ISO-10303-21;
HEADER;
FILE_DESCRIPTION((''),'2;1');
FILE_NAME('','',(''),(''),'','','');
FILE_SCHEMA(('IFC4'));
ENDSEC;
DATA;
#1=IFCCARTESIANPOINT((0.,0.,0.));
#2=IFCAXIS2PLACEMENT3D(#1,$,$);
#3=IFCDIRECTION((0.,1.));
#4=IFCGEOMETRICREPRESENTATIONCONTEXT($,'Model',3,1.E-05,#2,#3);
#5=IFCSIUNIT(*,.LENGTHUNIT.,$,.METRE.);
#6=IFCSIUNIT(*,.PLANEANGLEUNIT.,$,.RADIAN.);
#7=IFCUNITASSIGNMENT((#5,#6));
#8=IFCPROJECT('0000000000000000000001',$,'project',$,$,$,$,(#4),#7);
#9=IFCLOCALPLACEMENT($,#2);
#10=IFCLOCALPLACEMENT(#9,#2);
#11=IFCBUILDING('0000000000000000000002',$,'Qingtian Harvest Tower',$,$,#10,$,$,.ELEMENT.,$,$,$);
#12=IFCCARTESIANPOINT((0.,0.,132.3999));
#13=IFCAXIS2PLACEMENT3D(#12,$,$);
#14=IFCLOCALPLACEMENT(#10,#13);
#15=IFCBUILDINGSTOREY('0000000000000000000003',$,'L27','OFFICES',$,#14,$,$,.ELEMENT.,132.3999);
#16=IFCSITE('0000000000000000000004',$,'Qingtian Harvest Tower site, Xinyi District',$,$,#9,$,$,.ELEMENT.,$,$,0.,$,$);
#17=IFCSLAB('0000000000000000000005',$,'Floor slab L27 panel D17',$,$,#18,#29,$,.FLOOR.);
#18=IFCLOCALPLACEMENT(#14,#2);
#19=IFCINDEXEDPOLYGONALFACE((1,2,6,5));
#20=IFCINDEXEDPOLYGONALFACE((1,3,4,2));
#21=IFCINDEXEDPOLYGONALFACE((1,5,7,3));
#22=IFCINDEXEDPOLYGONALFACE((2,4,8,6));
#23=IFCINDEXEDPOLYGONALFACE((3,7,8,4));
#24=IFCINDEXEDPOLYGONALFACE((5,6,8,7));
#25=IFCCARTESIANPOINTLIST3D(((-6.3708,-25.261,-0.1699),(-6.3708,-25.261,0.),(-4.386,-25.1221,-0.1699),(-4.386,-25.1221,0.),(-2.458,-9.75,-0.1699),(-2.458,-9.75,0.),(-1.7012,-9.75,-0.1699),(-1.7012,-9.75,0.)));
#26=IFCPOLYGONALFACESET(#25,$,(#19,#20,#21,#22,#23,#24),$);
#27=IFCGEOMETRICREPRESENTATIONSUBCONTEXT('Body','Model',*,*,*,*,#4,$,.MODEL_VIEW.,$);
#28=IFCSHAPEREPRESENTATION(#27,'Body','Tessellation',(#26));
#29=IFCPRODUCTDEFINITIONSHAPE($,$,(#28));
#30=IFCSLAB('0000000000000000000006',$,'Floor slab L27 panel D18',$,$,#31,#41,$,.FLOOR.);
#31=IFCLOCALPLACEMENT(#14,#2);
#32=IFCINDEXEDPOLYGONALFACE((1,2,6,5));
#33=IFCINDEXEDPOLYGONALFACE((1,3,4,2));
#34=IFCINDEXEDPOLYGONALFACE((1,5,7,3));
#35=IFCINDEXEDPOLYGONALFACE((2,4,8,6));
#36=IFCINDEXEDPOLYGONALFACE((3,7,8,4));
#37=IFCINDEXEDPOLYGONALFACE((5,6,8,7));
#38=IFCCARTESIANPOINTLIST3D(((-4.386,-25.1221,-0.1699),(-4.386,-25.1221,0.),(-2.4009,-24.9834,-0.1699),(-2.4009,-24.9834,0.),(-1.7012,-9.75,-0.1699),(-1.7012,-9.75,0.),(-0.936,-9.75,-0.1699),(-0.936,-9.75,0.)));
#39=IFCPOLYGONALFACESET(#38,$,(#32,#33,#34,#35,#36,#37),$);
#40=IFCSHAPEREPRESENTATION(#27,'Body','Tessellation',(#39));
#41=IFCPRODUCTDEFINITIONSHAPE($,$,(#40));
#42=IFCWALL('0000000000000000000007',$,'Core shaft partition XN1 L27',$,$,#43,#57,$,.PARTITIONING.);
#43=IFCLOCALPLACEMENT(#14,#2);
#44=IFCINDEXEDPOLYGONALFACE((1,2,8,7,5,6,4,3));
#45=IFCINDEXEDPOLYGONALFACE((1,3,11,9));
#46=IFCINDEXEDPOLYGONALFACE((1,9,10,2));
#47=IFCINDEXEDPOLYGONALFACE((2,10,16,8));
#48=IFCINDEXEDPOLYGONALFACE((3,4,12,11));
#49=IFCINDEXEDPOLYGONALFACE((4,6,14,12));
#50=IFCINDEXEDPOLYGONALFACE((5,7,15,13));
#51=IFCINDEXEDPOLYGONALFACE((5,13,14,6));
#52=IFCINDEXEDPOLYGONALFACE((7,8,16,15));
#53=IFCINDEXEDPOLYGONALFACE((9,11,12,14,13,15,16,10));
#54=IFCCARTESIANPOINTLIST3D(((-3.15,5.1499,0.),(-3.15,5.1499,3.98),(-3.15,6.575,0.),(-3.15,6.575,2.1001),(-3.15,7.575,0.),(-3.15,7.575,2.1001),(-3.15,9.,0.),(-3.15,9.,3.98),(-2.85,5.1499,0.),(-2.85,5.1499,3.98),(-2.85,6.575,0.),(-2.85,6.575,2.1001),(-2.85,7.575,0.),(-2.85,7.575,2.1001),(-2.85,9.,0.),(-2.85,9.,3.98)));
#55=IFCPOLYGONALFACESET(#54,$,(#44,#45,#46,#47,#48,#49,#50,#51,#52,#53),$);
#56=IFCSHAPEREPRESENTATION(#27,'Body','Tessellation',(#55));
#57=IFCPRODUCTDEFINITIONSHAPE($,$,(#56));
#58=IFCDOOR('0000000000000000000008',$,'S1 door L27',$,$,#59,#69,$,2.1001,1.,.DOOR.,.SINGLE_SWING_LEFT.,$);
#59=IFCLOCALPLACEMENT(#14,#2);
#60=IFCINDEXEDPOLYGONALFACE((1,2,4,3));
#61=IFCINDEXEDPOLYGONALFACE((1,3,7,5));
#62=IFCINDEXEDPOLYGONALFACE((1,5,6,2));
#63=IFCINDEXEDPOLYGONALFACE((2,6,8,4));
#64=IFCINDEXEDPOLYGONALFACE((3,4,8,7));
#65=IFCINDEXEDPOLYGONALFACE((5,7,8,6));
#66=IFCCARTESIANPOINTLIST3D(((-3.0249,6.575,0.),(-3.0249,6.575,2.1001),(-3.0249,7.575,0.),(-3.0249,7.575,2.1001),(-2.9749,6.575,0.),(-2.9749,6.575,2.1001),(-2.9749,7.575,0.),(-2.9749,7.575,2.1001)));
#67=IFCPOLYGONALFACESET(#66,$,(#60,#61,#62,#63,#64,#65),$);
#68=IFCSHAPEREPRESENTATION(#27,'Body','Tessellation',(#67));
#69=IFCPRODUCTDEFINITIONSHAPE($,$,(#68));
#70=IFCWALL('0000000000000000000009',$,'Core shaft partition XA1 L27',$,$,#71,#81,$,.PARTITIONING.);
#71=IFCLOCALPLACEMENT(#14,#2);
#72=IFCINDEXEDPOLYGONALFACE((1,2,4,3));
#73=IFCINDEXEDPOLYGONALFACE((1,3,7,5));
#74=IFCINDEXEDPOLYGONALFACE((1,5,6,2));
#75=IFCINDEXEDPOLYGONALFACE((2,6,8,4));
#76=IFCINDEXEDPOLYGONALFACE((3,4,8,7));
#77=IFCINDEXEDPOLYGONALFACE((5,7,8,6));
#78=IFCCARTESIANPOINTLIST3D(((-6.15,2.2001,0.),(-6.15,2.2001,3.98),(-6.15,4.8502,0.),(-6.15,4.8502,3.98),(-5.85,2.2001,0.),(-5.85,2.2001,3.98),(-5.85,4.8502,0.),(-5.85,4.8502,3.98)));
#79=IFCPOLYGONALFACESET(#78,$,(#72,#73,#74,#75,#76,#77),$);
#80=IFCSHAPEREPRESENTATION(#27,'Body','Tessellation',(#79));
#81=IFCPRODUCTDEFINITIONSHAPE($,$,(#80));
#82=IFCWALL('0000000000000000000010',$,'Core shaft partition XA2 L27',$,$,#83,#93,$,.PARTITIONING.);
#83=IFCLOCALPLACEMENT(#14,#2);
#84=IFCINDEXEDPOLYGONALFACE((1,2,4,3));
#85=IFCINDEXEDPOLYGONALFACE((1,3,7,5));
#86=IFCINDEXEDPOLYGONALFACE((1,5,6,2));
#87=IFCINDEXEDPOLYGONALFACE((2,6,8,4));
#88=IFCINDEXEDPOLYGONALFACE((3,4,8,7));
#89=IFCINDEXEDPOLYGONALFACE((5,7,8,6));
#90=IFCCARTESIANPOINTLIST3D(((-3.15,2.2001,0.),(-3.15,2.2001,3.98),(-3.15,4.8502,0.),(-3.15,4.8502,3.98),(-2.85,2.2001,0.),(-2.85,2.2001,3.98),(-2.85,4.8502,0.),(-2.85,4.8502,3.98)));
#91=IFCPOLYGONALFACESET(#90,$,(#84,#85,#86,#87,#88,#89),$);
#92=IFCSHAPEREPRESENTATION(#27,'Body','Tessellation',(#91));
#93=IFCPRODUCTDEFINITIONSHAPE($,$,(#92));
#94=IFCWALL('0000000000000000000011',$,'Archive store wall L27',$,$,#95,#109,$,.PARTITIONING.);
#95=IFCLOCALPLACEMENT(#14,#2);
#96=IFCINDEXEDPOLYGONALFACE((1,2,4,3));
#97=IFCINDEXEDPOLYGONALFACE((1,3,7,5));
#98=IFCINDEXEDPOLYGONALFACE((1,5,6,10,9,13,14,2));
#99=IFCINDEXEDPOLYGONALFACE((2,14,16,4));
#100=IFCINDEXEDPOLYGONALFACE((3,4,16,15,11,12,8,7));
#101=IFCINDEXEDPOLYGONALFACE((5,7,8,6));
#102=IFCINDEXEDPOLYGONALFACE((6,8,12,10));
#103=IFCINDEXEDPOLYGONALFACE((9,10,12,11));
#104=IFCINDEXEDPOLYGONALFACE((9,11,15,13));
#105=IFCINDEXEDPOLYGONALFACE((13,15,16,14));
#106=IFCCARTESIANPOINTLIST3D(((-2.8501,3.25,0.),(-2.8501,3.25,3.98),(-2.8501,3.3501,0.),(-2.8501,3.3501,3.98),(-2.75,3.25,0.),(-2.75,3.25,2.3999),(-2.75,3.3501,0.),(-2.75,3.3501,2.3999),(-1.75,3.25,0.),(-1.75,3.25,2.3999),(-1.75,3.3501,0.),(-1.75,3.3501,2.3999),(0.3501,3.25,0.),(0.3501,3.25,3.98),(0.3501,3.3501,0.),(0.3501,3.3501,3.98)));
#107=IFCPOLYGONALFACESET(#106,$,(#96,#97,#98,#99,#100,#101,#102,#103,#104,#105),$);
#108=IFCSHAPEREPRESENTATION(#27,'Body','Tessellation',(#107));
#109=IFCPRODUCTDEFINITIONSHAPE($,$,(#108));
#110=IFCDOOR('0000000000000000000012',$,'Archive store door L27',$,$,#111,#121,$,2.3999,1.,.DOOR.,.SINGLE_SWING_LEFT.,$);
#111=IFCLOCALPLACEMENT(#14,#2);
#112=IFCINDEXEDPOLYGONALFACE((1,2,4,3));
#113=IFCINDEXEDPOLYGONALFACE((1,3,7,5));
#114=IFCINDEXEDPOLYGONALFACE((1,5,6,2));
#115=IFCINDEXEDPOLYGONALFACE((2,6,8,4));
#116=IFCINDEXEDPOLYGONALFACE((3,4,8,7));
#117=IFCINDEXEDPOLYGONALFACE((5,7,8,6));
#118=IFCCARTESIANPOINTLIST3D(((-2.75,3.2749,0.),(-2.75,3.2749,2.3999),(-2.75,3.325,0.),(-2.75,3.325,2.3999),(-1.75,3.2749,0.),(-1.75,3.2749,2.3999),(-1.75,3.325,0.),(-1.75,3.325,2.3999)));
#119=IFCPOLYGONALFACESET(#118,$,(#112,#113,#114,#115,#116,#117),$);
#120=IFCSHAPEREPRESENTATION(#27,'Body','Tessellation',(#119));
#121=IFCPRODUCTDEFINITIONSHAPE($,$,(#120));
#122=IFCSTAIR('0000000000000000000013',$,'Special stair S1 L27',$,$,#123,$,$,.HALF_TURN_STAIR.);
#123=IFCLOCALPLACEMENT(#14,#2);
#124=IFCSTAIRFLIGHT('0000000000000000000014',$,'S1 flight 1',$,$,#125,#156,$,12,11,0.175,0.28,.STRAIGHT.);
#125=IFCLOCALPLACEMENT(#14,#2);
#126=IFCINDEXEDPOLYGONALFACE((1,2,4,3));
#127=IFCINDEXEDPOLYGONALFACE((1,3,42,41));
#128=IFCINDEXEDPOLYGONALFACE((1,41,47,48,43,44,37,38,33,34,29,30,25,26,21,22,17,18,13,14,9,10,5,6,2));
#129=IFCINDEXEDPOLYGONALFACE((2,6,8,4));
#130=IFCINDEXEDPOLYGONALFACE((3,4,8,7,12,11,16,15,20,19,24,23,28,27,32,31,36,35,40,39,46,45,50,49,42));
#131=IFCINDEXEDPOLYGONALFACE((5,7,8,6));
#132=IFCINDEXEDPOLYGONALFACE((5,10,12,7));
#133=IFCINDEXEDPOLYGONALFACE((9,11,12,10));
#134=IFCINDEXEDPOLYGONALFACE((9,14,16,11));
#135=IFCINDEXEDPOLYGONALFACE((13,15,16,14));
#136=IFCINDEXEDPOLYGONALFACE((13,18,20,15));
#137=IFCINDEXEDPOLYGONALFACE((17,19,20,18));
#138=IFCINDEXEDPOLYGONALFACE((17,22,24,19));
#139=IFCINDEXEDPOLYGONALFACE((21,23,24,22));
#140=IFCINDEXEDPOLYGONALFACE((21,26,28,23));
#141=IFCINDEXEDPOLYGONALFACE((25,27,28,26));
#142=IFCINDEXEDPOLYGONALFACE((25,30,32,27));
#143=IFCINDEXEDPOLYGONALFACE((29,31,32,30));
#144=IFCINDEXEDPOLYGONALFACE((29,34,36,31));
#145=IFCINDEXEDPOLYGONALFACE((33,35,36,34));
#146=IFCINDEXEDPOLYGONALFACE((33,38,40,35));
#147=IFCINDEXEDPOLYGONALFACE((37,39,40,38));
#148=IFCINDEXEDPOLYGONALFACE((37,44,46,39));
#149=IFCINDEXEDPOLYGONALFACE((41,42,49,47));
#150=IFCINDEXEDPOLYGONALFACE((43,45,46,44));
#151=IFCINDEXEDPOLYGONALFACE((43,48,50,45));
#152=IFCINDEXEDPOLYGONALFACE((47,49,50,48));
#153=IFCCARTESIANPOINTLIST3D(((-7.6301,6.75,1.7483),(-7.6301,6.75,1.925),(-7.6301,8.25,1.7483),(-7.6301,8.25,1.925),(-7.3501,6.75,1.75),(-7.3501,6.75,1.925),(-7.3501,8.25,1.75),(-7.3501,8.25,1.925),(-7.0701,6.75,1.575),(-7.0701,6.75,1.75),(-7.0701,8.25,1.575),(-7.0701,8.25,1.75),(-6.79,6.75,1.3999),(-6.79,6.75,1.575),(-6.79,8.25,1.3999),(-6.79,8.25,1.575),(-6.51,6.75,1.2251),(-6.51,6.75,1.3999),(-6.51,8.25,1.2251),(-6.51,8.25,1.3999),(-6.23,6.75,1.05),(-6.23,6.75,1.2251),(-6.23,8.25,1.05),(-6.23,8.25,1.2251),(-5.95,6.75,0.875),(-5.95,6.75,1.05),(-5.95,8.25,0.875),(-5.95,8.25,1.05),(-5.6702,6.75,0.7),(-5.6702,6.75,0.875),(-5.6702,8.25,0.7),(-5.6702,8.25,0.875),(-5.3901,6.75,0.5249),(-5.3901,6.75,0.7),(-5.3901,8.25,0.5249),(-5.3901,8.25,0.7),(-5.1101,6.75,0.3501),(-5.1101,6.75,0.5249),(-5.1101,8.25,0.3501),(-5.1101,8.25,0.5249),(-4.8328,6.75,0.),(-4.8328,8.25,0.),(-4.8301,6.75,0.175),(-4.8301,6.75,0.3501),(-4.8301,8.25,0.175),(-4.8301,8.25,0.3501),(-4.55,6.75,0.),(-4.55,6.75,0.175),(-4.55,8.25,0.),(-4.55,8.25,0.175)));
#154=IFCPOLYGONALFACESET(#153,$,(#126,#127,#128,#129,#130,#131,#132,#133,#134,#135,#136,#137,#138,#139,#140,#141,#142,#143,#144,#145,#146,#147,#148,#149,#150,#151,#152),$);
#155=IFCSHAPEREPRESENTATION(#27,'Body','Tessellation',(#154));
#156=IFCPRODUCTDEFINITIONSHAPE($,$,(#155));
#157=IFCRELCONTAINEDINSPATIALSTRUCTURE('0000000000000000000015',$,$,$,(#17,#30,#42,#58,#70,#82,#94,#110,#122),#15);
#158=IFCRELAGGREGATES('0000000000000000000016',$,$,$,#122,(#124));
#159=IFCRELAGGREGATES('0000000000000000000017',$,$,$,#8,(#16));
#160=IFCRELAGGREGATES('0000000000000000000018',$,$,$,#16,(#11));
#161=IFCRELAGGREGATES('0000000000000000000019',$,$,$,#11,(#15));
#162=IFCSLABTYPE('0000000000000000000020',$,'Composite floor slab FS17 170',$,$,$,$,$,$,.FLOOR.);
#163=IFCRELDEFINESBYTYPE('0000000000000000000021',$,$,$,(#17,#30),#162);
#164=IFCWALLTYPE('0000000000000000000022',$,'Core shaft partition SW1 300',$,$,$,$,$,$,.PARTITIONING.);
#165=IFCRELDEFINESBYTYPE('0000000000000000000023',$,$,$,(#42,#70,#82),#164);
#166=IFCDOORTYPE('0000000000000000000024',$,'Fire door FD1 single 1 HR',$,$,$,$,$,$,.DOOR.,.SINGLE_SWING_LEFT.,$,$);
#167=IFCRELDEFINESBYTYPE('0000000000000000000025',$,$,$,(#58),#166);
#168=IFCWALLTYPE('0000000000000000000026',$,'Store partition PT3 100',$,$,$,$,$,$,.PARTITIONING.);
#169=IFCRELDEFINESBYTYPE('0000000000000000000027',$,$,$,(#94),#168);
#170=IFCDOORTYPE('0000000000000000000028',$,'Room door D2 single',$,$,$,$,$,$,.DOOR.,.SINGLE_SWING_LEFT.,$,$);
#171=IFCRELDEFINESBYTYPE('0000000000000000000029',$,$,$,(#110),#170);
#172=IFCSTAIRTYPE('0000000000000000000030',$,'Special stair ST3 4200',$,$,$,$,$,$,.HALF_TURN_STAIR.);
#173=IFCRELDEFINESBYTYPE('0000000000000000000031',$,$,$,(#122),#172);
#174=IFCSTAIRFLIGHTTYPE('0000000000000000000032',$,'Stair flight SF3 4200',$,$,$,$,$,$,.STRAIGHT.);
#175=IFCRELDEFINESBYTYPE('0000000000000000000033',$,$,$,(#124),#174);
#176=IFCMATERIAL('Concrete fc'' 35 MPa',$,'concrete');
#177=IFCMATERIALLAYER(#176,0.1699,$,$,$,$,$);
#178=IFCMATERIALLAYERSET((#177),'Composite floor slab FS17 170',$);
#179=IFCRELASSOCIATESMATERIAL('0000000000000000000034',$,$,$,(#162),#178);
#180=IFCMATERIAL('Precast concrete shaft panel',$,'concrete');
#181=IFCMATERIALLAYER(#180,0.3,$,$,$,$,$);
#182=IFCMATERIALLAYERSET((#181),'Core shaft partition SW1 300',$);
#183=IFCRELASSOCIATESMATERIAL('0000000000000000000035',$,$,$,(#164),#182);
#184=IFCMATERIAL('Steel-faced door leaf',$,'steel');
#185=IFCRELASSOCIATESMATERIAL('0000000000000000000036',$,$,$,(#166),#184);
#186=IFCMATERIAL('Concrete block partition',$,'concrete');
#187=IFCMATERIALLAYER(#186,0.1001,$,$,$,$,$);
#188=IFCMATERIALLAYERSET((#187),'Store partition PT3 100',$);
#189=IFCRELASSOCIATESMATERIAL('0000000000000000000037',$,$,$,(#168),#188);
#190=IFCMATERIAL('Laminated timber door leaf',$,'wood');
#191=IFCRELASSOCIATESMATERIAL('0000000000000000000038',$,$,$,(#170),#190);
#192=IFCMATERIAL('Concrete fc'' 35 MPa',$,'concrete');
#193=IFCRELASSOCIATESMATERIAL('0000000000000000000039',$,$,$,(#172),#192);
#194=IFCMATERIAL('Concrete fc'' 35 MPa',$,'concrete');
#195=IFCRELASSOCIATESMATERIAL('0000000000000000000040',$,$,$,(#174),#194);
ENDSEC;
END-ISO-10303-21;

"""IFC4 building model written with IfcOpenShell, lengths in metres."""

from ifc_helpers import new_model, si_unit, direction, frame, frame_2d, origin, place, context, subcontext, project, spatial, polyline, rectangle, outline, extrude, material, layer, layer_set, type_object, element, fill, aggregate, save


model = new_model("IFC4")

# Units and contexts
model_context = context("Model", 3, precision=1e-05, world=origin(), true_north=direction((0.0, 1.0)))
body_context = subcontext(model_context, "Body", "Model", "MODEL_VIEW")
ifc_project = project(units=[si_unit("LENGTHUNIT", "METRE"), si_unit("PLANEANGLEUNIT", "RADIAN")], contexts=[model_context])

# Site, building, storey
site_placement = place(None, origin())
site = spatial("IfcSite", under=ifc_project, at=site_placement, Name="Qingtian Harvest Tower site, Xinyi District", CompositionType="ELEMENT", RefElevation=0.0)
building_placement = place(site_placement, origin())
building = spatial("IfcBuilding", under=site, at=building_placement, Name="Qingtian Harvest Tower", CompositionType="ELEMENT")
storey_placement = place(building_placement, frame((0.0, 0.0, 132.3999)))
storey = spatial("IfcBuildingStorey", under=building, at=storey_placement, Name="L27", Description="OFFICES", CompositionType="ELEMENT", Elevation=132.3999)

# Slabs
ifc_material_1 = material(Name="Concrete fc' 35 MPa", Category="concrete")
ifc_layer_1 = layer(ifc_material_1, 0.1699)
ifc_layer_set_1 = layer_set([ifc_layer_1], Name="Composite floor slab FS17 170")
slab_type = type_object("IfcSlabType", Name="Composite floor slab FS17 170", PredefinedType="FLOOR", material=ifc_layer_set_1)
slab_1_placement = place(storey_placement, frame((0.0, 0.0, -0.1699)))
element("IfcSlab", 1, at=slab_1_placement, inside=storey, type_object=slab_type, Name="Floor slab L27 panel D17", PredefinedType="FLOOR", context=body_context, shape_type="SweptSolid", body=[
    extrude(outline(polyline([(-1.7012, -9.75), (-4.386, -25.1221), (-6.3708, -25.261), (-2.458, -9.75), (-1.7012, -9.75)])), origin(), (0.0, 0.0, 1.0), 0.1699),
])
slab_2_placement = place(storey_placement, frame((0.0, 0.0, -0.1699)))
element("IfcSlab", 2, at=slab_2_placement, inside=storey, type_object=slab_type, Name="Floor slab L27 panel D18", PredefinedType="FLOOR", context=body_context, shape_type="SweptSolid", body=[
    extrude(outline(polyline([(-0.936, -9.75), (-2.4009, -24.9834), (-4.386, -25.1221), (-1.7012, -9.75), (-0.936, -9.75)])), origin(), (0.0, 0.0, 1.0), 0.1699),
])

# Wall, opening, door
ifc_material_2 = material(Name="Precast concrete shaft panel", Category="concrete")
ifc_layer_2 = layer(ifc_material_2, 0.3)
ifc_layer_set_2 = layer_set([ifc_layer_2], Name="Core shaft partition SW1 300")
wall_type_1 = type_object("IfcWallType", Name="Core shaft partition SW1 300", PredefinedType="PARTITIONING", material=ifc_layer_set_2)
wall_1_placement = place(storey_placement, frame((-3.0, 5.1499, 0.0), z_axis=(0.0, 0.0, 1.0), x_axis=(0.0, 1.0, 0.0)))
wall_1 = element("IfcWall", 3, at=wall_1_placement, inside=storey, type_object=wall_type_1, Name="Core shaft partition XN1 L27", PredefinedType="PARTITIONING", context=body_context, shape_type="SweptSolid", body=[
    extrude(rectangle(XDim=3.8501, YDim=0.3, at=frame_2d((1.925, 0.0))), origin(), (0.0, 0.0, 1.0), 3.98),
])
opening_1_placement = place(wall_1_placement, frame((1.425, 0.0, 0.0)))
opening_1 = element("IfcOpeningElement", 4, at=opening_1_placement, cuts=wall_1, PredefinedType="OPENING", context=body_context, shape_type="SweptSolid", body=[
    extrude(rectangle(XDim=1.0, YDim=2.1001, at=frame_2d((0.5, 1.05))), frame((0.0, 0.1599, 0.0), z_axis=(0.0, -1.0, 0.0), x_axis=(1.0, 0.0, 0.0)), (0.0, 0.0, 1.0), 0.3201),
])
ifc_material_3 = material(Name="Steel-faced door leaf", Category="steel")
door_type_1 = type_object("IfcDoorType", Name="Fire door FD1 single 1 HR", OperationType="SINGLE_SWING_LEFT", PredefinedType="DOOR", material=ifc_material_3)
door_1_placement = place(opening_1_placement, origin())
door_1 = element("IfcDoor", 5, at=door_1_placement, inside=storey, type_object=door_type_1, Name="S1 door L27", OperationType="SINGLE_SWING_LEFT", OverallHeight=2.1001, OverallWidth=1.0, PredefinedType="DOOR", context=body_context, shape_type="SweptSolid", body=[
    extrude(rectangle(XDim=1.0, YDim=2.1001, at=frame_2d((0.5, 1.05))), frame((0.0, 0.0249, 0.0), z_axis=(0.0, -1.0, 0.0), x_axis=(1.0, 0.0, 0.0)), (0.0, 0.0, 1.0), 0.05),
])
fill(opening_1, door_1)

# Walls
for number, where, z_axis, x_axis, name in (
    (6, (-6.0, 2.2, 0.0), (0.0, 0.0, 1.0), (0.0, 1.0, 0.0), "Core shaft partition XA1 L27"),
    (7, (-3.0, 2.2, 0.0), (0.0, 0.0, 1.0), (0.0, 1.0, 0.0), "Core shaft partition XA2 L27"),
):
    element("IfcWall", number, at=place(storey_placement, frame(where, z_axis=z_axis, x_axis=x_axis)), inside=storey, type_object=wall_type_1, Name=name, PredefinedType="PARTITIONING", context=body_context, shape_type="SweptSolid", body=[
        extrude(rectangle(XDim=2.6501, YDim=0.3, at=frame_2d((1.3252, 0.0))), origin(), (0.0, 0.0, 1.0), 3.98),
    ])

# Wall, opening, door
ifc_material_4 = material(Name="Concrete block partition", Category="concrete")
ifc_layer_3 = layer(ifc_material_4, 0.1001)
ifc_layer_set_3 = layer_set([ifc_layer_3], Name="Store partition PT3 100")
wall_type_2 = type_object("IfcWallType", Name="Store partition PT3 100", PredefinedType="PARTITIONING", material=ifc_layer_set_3)
wall_2_placement = place(storey_placement, frame((-2.8501, 3.3, 0.0), z_axis=(0.0, 0.0, 1.0), x_axis=(1.0, 0.0, 0.0)))
wall_2 = element("IfcWall", 8, at=wall_2_placement, inside=storey, type_object=wall_type_2, Name="Archive store wall L27", PredefinedType="PARTITIONING", context=body_context, shape_type="SweptSolid", body=[
    extrude(rectangle(XDim=3.2002, YDim=0.1001, at=frame_2d((1.6001, 0.0))), origin(), (0.0, 0.0, 1.0), 3.98),
])
opening_2_placement = place(wall_2_placement, frame((0.1001, 0.0, 0.0)))
opening_2 = element("IfcOpeningElement", 9, at=opening_2_placement, cuts=wall_2, PredefinedType="OPENING", context=body_context, shape_type="SweptSolid", body=[
    extrude(rectangle(XDim=1.0, YDim=2.3999, at=frame_2d((0.5, 1.2))), frame((0.0, 0.0601, 0.0), z_axis=(0.0, -1.0, 0.0), x_axis=(1.0, 0.0, 0.0)), (0.0, 0.0, 1.0), 0.1201),
])
ifc_material_5 = material(Name="Laminated timber door leaf", Category="wood")
door_type_2 = type_object("IfcDoorType", Name="Room door D2 single", OperationType="SINGLE_SWING_LEFT", PredefinedType="DOOR", material=ifc_material_5)
door_2_placement = place(opening_2_placement, origin())
door_2 = element("IfcDoor", 10, at=door_2_placement, inside=storey, type_object=door_type_2, Name="Archive store door L27", OperationType="SINGLE_SWING_LEFT", OverallHeight=2.3999, OverallWidth=1.0, PredefinedType="DOOR", context=body_context, shape_type="SweptSolid", body=[
    extrude(rectangle(XDim=1.0, YDim=2.3999, at=frame_2d((0.5, 1.2))), frame((0.0, 0.0249, 0.0), z_axis=(0.0, -1.0, 0.0), x_axis=(1.0, 0.0, 0.0)), (0.0, 0.0, 1.0), 0.05),
])
fill(opening_2, door_2)

# Stair, stair flight
ifc_material_6 = material(Name="Concrete fc' 35 MPa", Category="concrete")
stair_type = type_object("IfcStairType", Name="Special stair ST3 4200", PredefinedType="HALF_TURN_STAIR", material=ifc_material_6)
stair_placement = place(storey_placement, origin())
stair = element("IfcStair", 11, at=stair_placement, inside=storey, type_object=stair_type, Name="Special stair S1 L27", PredefinedType="HALF_TURN_STAIR")
ifc_material_7 = material(Name="Concrete fc' 35 MPa", Category="concrete")
stair_flight_type = type_object("IfcStairFlightType", Name="Stair flight SF3 4200", PredefinedType="STRAIGHT", material=ifc_material_7)
stair_flight_placement = place(storey_placement, frame((-4.55, 7.5, 0.0), z_axis=(0.0, 0.0, 1.0), x_axis=(-1.0, 0.0, 0.0)))
stair_flight = element("IfcStairFlight", 12, at=stair_flight_placement, type_object=stair_flight_type, Name="S1 flight 1", NumberOfRisers=12, NumberOfTreads=11, PredefinedType="STRAIGHT", RiserHeight=0.175, TreadLength=0.28, context=body_context, shape_type="SweptSolid", body=[
    extrude(outline(polyline([(0.0, 0.0), (0.0, 0.175), (0.28, 0.175), (0.28, 0.3501), (0.5601, 0.3501), (0.5601, 0.5249), (0.8401, 0.5249), (0.8401, 0.7), (1.1201, 0.7), (1.1201, 0.875), (1.3999, 0.875), (1.3999, 1.05), (1.6799, 1.05), (1.6799, 1.2251), (1.96, 1.2251), (1.96, 1.3999), (2.24, 1.3999), (2.24, 1.575), (2.52, 1.575), (2.52, 1.75), (2.8, 1.75), (2.8, 1.925), (3.0801, 1.925), (3.0801, 2.1001), (3.0801, 1.7483), (0.2827, 0.0), (0.0, 0.0)])), frame((0.0, 0.75, 0.0), z_axis=(0.0, -1.0, 0.0), x_axis=(1.0, 0.0, 0.0)), (0.0, 0.0, 1.0), 1.5),
])
aggregate(stair, [stair_flight])

save(model, "model.ifc")
